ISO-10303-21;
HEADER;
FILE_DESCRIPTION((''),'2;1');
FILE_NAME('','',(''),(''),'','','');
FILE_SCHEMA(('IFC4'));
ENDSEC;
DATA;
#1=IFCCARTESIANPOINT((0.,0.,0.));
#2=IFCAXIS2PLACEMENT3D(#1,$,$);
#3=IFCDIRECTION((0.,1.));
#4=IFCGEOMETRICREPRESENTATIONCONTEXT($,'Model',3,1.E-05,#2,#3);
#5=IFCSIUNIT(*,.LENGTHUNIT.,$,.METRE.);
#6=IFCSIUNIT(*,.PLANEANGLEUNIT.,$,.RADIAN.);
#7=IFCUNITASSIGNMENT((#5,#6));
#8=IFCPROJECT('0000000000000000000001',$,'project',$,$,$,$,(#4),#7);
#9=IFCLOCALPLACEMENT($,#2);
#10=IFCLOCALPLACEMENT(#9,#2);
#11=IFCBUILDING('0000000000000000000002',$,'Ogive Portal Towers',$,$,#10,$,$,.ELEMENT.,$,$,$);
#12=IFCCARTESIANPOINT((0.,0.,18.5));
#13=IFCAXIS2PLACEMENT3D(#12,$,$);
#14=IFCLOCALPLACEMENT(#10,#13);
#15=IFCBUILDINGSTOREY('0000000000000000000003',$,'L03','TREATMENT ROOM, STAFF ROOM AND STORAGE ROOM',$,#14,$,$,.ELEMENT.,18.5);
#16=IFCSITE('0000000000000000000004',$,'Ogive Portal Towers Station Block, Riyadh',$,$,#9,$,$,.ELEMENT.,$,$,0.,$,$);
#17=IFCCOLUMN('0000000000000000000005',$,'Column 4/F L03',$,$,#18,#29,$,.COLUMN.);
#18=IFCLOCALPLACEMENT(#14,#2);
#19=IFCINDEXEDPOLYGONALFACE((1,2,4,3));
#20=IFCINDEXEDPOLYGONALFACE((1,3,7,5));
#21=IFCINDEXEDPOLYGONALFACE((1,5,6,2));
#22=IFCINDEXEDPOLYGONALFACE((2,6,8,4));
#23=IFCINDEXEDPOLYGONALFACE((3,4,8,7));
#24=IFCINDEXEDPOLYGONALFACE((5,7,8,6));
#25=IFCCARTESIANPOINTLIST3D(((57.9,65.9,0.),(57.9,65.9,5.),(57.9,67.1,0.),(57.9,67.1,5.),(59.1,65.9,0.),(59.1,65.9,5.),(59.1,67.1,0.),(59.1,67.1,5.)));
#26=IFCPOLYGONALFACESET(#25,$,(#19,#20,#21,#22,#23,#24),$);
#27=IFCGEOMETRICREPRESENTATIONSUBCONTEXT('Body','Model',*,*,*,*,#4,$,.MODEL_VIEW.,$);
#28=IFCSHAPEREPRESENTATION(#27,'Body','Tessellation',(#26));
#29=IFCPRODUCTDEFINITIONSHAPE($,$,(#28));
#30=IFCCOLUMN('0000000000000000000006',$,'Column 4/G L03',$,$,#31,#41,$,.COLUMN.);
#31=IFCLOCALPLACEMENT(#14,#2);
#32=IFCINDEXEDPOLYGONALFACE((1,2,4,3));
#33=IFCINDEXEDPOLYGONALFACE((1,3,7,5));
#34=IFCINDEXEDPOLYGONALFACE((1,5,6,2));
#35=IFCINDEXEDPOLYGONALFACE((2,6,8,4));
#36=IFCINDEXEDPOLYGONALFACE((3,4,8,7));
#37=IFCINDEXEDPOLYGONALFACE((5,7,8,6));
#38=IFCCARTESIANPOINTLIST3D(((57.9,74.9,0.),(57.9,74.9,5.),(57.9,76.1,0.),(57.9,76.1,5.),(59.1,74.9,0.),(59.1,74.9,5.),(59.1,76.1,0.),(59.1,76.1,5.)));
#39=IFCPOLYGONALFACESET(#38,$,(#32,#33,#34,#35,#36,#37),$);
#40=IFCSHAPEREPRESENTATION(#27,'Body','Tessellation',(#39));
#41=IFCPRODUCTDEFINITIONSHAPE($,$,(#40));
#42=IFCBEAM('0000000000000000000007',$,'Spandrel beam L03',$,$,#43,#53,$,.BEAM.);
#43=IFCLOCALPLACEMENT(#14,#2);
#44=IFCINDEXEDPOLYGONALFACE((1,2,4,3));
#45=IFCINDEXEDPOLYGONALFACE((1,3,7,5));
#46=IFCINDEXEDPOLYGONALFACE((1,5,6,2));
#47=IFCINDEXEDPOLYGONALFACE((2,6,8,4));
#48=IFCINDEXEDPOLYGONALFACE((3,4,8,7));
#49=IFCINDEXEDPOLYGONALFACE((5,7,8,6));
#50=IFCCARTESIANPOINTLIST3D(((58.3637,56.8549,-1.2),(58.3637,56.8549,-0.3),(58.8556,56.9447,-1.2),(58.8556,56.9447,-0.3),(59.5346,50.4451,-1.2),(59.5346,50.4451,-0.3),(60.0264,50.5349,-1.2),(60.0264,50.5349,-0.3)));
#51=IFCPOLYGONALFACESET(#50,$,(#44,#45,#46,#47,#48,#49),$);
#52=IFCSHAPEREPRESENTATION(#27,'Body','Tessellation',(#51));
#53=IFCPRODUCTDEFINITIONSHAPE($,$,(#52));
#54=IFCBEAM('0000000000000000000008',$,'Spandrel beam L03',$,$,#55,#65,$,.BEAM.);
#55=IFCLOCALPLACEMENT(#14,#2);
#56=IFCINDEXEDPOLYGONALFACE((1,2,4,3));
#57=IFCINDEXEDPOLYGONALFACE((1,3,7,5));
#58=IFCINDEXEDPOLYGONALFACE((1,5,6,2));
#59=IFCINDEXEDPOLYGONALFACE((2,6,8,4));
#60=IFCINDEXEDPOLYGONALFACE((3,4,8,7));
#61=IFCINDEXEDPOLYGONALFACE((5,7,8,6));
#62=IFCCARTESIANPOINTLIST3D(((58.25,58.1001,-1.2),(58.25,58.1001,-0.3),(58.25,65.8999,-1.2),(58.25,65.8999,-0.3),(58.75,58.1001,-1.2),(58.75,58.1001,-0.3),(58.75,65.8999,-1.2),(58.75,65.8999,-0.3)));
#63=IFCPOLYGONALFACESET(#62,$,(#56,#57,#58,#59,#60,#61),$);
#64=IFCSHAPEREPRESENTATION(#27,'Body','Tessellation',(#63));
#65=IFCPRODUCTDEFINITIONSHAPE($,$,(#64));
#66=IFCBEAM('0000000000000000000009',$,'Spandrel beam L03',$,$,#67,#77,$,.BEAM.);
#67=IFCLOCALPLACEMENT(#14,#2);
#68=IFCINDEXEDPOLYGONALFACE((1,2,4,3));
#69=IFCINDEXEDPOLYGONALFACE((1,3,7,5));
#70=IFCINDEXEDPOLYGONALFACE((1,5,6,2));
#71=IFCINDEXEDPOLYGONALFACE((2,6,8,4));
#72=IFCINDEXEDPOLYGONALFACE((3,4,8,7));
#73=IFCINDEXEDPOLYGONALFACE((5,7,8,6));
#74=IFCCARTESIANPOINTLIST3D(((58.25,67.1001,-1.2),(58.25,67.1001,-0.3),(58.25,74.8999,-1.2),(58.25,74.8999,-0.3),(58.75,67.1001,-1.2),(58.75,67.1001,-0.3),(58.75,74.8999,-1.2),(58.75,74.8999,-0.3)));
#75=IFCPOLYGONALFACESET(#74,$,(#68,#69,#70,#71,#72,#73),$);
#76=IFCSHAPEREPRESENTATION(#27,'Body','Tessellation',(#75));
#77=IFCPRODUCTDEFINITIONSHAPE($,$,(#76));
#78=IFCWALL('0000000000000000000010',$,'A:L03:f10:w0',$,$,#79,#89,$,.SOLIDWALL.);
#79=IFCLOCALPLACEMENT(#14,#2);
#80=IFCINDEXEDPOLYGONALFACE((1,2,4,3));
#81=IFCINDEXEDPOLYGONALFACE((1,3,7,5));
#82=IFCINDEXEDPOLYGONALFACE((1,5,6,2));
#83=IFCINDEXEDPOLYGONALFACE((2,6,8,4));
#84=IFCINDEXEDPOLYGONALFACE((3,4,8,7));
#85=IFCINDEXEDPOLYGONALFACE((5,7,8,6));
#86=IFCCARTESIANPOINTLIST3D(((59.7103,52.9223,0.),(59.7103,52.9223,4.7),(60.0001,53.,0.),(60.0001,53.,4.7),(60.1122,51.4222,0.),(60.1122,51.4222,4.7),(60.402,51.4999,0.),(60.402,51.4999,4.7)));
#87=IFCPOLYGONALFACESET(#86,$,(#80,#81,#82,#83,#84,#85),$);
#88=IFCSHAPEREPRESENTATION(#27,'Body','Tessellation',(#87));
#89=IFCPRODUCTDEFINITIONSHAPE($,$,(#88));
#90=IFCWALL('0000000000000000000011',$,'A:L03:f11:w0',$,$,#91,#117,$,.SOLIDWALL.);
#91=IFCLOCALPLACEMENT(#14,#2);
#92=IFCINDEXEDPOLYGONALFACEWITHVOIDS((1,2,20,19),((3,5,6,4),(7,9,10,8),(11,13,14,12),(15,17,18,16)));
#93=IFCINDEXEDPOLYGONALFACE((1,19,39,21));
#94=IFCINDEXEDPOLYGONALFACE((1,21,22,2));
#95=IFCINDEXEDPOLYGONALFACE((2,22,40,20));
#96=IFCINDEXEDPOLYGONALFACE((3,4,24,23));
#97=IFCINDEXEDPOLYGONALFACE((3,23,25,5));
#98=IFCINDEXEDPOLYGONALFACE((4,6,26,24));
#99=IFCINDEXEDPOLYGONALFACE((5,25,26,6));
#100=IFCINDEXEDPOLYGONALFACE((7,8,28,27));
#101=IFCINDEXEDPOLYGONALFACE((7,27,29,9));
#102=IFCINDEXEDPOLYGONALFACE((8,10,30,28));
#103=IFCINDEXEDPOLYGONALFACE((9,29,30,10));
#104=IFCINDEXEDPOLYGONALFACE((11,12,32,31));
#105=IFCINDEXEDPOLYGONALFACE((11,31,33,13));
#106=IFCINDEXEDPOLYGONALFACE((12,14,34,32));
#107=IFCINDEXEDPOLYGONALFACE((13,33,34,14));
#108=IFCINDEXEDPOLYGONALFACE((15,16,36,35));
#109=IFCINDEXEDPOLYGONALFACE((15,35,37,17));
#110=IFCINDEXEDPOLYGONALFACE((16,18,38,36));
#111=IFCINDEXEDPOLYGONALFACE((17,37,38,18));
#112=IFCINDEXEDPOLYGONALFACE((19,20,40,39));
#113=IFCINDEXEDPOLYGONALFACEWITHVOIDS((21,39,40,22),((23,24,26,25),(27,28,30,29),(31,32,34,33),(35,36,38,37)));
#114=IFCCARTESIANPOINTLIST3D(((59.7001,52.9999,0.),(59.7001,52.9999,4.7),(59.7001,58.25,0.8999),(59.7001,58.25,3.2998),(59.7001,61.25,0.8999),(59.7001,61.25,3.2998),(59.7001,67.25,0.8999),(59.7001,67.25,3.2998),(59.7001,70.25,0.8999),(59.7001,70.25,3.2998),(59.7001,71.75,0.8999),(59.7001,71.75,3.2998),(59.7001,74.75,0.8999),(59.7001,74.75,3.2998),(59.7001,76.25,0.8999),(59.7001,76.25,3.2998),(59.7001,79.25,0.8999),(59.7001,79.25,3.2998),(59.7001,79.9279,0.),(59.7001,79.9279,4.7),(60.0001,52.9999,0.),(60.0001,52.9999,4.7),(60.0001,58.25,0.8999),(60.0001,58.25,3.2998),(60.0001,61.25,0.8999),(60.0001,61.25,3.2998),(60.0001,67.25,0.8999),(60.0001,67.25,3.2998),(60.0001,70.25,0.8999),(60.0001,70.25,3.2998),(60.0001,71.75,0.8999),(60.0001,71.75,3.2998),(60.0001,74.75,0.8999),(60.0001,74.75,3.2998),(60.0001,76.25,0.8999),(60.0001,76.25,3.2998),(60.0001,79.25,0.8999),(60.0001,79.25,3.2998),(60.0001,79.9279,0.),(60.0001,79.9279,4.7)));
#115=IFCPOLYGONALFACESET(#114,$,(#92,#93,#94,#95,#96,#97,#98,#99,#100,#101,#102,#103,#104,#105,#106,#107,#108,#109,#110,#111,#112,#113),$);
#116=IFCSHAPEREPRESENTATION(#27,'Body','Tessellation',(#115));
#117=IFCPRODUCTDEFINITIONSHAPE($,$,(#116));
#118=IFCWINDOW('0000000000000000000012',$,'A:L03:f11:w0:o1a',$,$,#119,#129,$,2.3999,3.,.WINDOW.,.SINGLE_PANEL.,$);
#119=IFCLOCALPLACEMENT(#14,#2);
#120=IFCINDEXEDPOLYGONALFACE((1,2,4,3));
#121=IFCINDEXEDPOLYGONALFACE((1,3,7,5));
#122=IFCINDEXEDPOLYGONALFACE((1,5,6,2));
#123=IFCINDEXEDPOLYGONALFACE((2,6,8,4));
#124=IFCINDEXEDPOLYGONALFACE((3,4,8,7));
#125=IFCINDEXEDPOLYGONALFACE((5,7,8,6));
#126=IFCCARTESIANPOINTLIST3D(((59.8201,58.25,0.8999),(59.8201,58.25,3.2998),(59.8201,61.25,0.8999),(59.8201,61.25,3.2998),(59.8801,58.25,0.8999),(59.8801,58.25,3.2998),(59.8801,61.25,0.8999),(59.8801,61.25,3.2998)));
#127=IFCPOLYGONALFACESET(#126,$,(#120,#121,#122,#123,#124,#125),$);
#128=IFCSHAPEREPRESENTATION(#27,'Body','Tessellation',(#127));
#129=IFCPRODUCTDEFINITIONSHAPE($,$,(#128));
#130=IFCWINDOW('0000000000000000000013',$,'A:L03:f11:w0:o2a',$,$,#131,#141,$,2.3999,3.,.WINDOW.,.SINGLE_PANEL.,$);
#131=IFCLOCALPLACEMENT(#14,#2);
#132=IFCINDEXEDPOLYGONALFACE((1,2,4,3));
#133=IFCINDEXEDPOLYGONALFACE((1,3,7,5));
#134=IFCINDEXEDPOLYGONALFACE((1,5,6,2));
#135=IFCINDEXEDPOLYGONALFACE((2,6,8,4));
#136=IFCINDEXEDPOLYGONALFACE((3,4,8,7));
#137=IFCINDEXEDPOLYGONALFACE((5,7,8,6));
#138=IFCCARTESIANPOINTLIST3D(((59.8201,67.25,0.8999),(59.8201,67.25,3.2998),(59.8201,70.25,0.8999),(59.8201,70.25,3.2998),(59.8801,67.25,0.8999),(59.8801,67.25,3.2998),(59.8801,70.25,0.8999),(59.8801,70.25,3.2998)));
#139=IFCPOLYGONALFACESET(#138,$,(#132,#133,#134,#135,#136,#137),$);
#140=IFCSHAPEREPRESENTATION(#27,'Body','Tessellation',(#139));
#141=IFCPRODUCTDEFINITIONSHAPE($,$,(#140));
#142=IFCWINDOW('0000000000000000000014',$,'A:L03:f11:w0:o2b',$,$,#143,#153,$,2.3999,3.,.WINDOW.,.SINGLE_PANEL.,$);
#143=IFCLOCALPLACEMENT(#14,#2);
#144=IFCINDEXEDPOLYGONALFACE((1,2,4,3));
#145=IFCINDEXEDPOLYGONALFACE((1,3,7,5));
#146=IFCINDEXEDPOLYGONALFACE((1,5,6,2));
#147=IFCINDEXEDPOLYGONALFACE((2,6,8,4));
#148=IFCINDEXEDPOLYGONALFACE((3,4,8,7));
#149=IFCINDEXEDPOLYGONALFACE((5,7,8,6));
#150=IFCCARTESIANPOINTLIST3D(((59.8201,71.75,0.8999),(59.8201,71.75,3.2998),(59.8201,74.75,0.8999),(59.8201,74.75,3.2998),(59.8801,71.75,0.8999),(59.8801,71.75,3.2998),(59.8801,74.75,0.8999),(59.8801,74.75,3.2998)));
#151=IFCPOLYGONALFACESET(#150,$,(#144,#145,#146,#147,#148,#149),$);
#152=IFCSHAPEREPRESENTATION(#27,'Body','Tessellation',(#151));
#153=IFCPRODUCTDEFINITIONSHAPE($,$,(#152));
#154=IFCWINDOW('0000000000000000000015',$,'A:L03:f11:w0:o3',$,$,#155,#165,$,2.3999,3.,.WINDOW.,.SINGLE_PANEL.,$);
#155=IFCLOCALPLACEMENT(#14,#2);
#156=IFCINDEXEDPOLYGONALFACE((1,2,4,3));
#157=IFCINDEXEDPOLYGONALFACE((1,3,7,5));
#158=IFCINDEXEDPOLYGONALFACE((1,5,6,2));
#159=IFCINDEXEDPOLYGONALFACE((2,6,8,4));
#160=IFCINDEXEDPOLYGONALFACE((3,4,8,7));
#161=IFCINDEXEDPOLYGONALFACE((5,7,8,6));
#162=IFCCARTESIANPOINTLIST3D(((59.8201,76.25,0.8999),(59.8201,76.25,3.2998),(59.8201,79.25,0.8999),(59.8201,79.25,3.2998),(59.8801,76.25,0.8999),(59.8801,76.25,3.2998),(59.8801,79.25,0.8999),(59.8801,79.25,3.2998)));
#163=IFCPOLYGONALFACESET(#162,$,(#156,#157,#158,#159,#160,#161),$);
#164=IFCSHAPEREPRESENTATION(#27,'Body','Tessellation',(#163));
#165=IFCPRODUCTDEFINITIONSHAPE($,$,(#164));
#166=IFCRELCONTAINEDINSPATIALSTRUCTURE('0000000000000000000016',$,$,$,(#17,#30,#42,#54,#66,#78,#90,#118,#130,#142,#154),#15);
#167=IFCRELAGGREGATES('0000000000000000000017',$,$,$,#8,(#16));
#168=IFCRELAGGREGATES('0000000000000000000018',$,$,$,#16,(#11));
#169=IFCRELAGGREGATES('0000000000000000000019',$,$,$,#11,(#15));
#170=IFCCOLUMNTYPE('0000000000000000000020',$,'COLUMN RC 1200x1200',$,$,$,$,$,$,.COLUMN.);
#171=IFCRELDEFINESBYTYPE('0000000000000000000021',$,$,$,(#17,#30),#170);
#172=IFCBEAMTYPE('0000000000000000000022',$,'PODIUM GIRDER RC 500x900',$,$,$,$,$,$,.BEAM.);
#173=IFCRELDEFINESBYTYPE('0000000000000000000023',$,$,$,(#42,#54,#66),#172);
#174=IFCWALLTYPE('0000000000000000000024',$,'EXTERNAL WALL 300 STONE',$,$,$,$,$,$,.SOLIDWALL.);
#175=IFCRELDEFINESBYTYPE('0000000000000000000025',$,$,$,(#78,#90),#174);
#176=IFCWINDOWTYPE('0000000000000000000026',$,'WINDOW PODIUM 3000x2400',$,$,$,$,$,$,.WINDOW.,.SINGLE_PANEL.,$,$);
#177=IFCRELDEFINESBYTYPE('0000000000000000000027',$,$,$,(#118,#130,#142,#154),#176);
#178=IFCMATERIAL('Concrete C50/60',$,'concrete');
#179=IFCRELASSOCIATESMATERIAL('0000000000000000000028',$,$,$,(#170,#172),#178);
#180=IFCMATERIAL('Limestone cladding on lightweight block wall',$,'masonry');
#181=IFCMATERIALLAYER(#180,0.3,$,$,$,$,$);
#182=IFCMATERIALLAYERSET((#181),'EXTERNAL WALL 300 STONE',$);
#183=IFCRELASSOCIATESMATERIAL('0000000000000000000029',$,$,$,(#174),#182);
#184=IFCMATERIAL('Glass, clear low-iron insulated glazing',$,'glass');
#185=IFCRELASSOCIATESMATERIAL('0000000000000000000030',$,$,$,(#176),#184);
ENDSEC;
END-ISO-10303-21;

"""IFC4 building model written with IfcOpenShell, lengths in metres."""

from ifc_helpers import new_model, si_unit, direction, frame, frame_2d, origin, origin_2d, place, context, subcontext, project, spatial, rectangle, extrude, material, layer, layer_set, material_profile, profile_set, type_object, element, fill, save


model = new_model("IFC4")

# Units and contexts
model_context = context("Model", 3, precision=1e-05, world=origin(), true_north=direction((0.0, 1.0)))
body_context = subcontext(model_context, "Body", "Model", "MODEL_VIEW")
ifc_project = project(units=[si_unit("LENGTHUNIT", "METRE"), si_unit("PLANEANGLEUNIT", "RADIAN")], contexts=[model_context])

# Site, building, storey
site_placement = place(None, origin())
site = spatial("IfcSite", under=ifc_project, at=site_placement, Name="Ogive Portal Towers Station Block, Riyadh", CompositionType="ELEMENT", RefElevation=0.0)
building_placement = place(site_placement, origin())
building = spatial("IfcBuilding", under=site, at=building_placement, Name="Ogive Portal Towers", CompositionType="ELEMENT")
storey_placement = place(building_placement, frame((0.0, 0.0, 18.5)))
storey = spatial("IfcBuildingStorey", under=building, at=storey_placement, Name="L03", Description="TREATMENT ROOM, STAFF ROOM AND STORAGE ROOM", CompositionType="ELEMENT", Elevation=18.5)

# Columns
ifc_material_1 = material(Name="Concrete C50/60", Category="concrete")
ifc_material_profile_1 = material_profile(ifc_material_1, rectangle(XDim=1.2, YDim=1.2, at=origin_2d()), Name="RC 1200x1200")
ifc_profile_set_1 = profile_set([ifc_material_profile_1], Name="Concrete C50/60")
column_type = type_object("IfcColumnType", Name="COLUMN RC 1200x1200", PredefinedType="COLUMN", material=ifc_profile_set_1)
for number, where, z_axis, x_axis, name in (
    (1, (58.5, 66.5, 0.0), (0.0, 0.0, 1.0), (1.0, 0.0, 0.0), "Column 4/F L03"),
    (2, (58.5, 75.5, 0.0), (0.0, 0.0, 1.0), (1.0, 0.0, 0.0), "Column 4/G L03"),
):
    element("IfcColumn", number, at=place(storey_placement, frame(where, z_axis=z_axis, x_axis=x_axis)), inside=storey, type_object=column_type, Name=name, PredefinedType="COLUMN", context=body_context, shape_type="SweptSolid", body=[
        extrude(rectangle(XDim=1.2, YDim=1.2, at=origin_2d()), origin(), (0.0, 0.0, 1.0), 5.0),
    ])

# Beams
ifc_material_profile_2 = material_profile(ifc_material_1, rectangle(XDim=0.5, YDim=0.8999, at=origin_2d()), Name="RC 500x900")
ifc_profile_set_2 = profile_set([ifc_material_profile_2], Name="Concrete C50/60")
beam_type = type_object("IfcBeamType", Name="PODIUM GIRDER RC 500x900", PredefinedType="BEAM", material=ifc_profile_set_2)
beam_placement = place(storey_placement, frame((59.7805, 50.49, -0.75), z_axis=(-0.179696, 0.983722, 0.0), x_axis=(-0.983722, -0.179696, 0.0)))
element("IfcBeam", 3, at=beam_placement, inside=storey, type_object=beam_type, Name="Spandrel beam L03", PredefinedType="BEAM", context=body_context, shape_type="SweptSolid", body=[
    extrude(rectangle(XDim=0.5, YDim=0.8999, at=origin_2d()), origin(), (0.0, 0.0, 1.0), 6.5159),
])
for number, where, z_axis, x_axis, name in (
    (4, (58.5, 58.1001, -0.75), (0.0, 1.0, 0.0), (-1.0, 0.0, 0.0), "Spandrel beam L03"),
    (5, (58.5, 67.1001, -0.75), (0.0, 1.0, 0.0), (-1.0, 0.0, 0.0), "Spandrel beam L03"),
):
    element("IfcBeam", number, at=place(storey_placement, frame(where, z_axis=z_axis, x_axis=x_axis)), inside=storey, type_object=beam_type, Name=name, PredefinedType="BEAM", context=body_context, shape_type="SweptSolid", body=[
        extrude(rectangle(XDim=0.5, YDim=0.8999, at=origin_2d()), origin(), (0.0, 0.0, 1.0), 7.7998),
    ])

# Wall
ifc_material_2 = material(Name="Limestone cladding on lightweight block wall", Category="masonry")
ifc_layer_1 = layer(ifc_material_2, 0.3)
ifc_layer_set_1 = layer_set([ifc_layer_1], Name="EXTERNAL WALL 300 STONE")
wall_type = type_object("IfcWallType", Name="EXTERNAL WALL 300 STONE", PredefinedType="SOLIDWALL", material=ifc_layer_set_1)
wall_1_placement = place(storey_placement, frame((60.2571, 51.4612, 0.0), z_axis=(0.0, 0.0, 1.0), x_axis=(-0.258778, 0.965937, 0.0)))
element("IfcWall", 6, at=wall_1_placement, inside=storey, type_object=wall_type, Name="A:L03:f10:w0", PredefinedType="SOLIDWALL", context=body_context, shape_type="SweptSolid", body=[
    extrude(rectangle(XDim=1.553, YDim=0.3, at=frame_2d((0.7764, 0.0))), origin(), (0.0, 0.0, 1.0), 4.7),
])

# Wall, openings, windows
wall_2_placement = place(storey_placement, frame((59.8501, 53.0, 0.0), z_axis=(0.0, 0.0, 1.0), x_axis=(0.0, 1.0, 0.0)))
wall_2 = element("IfcWall", 7, at=wall_2_placement, inside=storey, type_object=wall_type, Name="A:L03:f11:w0", PredefinedType="SOLIDWALL", context=body_context, shape_type="SweptSolid", body=[
    extrude(rectangle(XDim=26.928, YDim=0.3, at=frame_2d((13.4639, 0.0))), origin(), (0.0, 0.0, 1.0), 4.7),
])
opening_1_placement = place(wall_2_placement, frame((5.25, 0.0, 0.8999)))
opening_1 = element("IfcOpeningElement", 8, at=opening_1_placement, cuts=wall_2, PredefinedType="OPENING", context=body_context, shape_type="SweptSolid", body=[
    extrude(rectangle(XDim=3.0, YDim=2.3999, at=frame_2d((1.5, 1.2))), frame((0.0, 0.1602, 0.0), z_axis=(0.0, -1.0, 0.0), x_axis=(1.0, 0.0, 0.0)), (0.0, 0.0, 1.0), 0.3201),
])
opening_2_placement = place(wall_2_placement, frame((14.25, 0.0, 0.8999)))
opening_2 = element("IfcOpeningElement", 9, at=opening_2_placement, cuts=wall_2, PredefinedType="OPENING", context=body_context, shape_type="SweptSolid", body=[
    extrude(rectangle(XDim=3.0, YDim=2.3999, at=frame_2d((1.5, 1.2))), frame((0.0, 0.1602, 0.0), z_axis=(0.0, -1.0, 0.0), x_axis=(1.0, 0.0, 0.0)), (0.0, 0.0, 1.0), 0.3201),
])
opening_3_placement = place(wall_2_placement, frame((18.75, 0.0, 0.8999)))
opening_3 = element("IfcOpeningElement", 10, at=opening_3_placement, cuts=wall_2, PredefinedType="OPENING", context=body_context, shape_type="SweptSolid", body=[
    extrude(rectangle(XDim=3.0, YDim=2.3999, at=frame_2d((1.5, 1.2))), frame((0.0, 0.1602, 0.0), z_axis=(0.0, -1.0, 0.0), x_axis=(1.0, 0.0, 0.0)), (0.0, 0.0, 1.0), 0.3201),
])
opening_4_placement = place(wall_2_placement, frame((23.25, 0.0, 0.8999)))
opening_4 = element("IfcOpeningElement", 11, at=opening_4_placement, cuts=wall_2, PredefinedType="OPENING", context=body_context, shape_type="SweptSolid", body=[
    extrude(rectangle(XDim=3.0, YDim=2.3999, at=frame_2d((1.5, 1.2))), frame((0.0, 0.1602, 0.0), z_axis=(0.0, -1.0, 0.0), x_axis=(1.0, 0.0, 0.0)), (0.0, 0.0, 1.0), 0.3201),
])
ifc_material_3 = material(Name="Glass, clear low-iron insulated glazing", Category="glass")
window_type = type_object("IfcWindowType", Name="WINDOW PODIUM 3000x2400", PartitioningType="SINGLE_PANEL", PredefinedType="WINDOW", material=ifc_material_3)
window_1_placement = place(opening_1_placement, origin())
window_1 = element("IfcWindow", 12, at=window_1_placement, inside=storey, type_object=window_type, Name="A:L03:f11:w0:o1a", OverallHeight=2.3999, OverallWidth=3.0, PartitioningType="SINGLE_PANEL", PredefinedType="WINDOW", context=body_context, shape_type="SweptSolid", body=[
    extrude(rectangle(XDim=3.0, YDim=2.3999, at=frame_2d((1.5, 1.2))), frame((0.0, 0.03, 0.0), z_axis=(0.0, -1.0, 0.0), x_axis=(1.0, 0.0, 0.0)), (0.0, 0.0, 1.0), 0.0601),
])
fill(opening_1, window_1)
window_2_placement = place(opening_2_placement, origin())
window_2 = element("IfcWindow", 13, at=window_2_placement, inside=storey, type_object=window_type, Name="A:L03:f11:w0:o2a", OverallHeight=2.3999, OverallWidth=3.0, PartitioningType="SINGLE_PANEL", PredefinedType="WINDOW", context=body_context, shape_type="SweptSolid", body=[
    extrude(rectangle(XDim=3.0, YDim=2.3999, at=frame_2d((1.5, 1.2))), frame((0.0, 0.03, 0.0), z_axis=(0.0, -1.0, 0.0), x_axis=(1.0, 0.0, 0.0)), (0.0, 0.0, 1.0), 0.0601),
])
fill(opening_2, window_2)
window_3_placement = place(opening_3_placement, origin())
window_3 = element("IfcWindow", 14, at=window_3_placement, inside=storey, type_object=window_type, Name="A:L03:f11:w0:o2b", OverallHeight=2.3999, OverallWidth=3.0, PartitioningType="SINGLE_PANEL", PredefinedType="WINDOW", context=body_context, shape_type="SweptSolid", body=[
    extrude(rectangle(XDim=3.0, YDim=2.3999, at=frame_2d((1.5, 1.2))), frame((0.0, 0.03, 0.0), z_axis=(0.0, -1.0, 0.0), x_axis=(1.0, 0.0, 0.0)), (0.0, 0.0, 1.0), 0.0601),
])
fill(opening_3, window_3)
window_4_placement = place(opening_4_placement, origin())
window_4 = element("IfcWindow", 15, at=window_4_placement, inside=storey, type_object=window_type, Name="A:L03:f11:w0:o3", OverallHeight=2.3999, OverallWidth=3.0, PartitioningType="SINGLE_PANEL", PredefinedType="WINDOW", context=body_context, shape_type="SweptSolid", body=[
    extrude(rectangle(XDim=3.0, YDim=2.3999, at=frame_2d((1.5, 1.2))), frame((0.0, 0.03, 0.0), z_axis=(0.0, -1.0, 0.0), x_axis=(1.0, 0.0, 0.0)), (0.0, 0.0, 1.0), 0.0601),
])
fill(opening_4, window_4)

save(model, "model.ifc")
